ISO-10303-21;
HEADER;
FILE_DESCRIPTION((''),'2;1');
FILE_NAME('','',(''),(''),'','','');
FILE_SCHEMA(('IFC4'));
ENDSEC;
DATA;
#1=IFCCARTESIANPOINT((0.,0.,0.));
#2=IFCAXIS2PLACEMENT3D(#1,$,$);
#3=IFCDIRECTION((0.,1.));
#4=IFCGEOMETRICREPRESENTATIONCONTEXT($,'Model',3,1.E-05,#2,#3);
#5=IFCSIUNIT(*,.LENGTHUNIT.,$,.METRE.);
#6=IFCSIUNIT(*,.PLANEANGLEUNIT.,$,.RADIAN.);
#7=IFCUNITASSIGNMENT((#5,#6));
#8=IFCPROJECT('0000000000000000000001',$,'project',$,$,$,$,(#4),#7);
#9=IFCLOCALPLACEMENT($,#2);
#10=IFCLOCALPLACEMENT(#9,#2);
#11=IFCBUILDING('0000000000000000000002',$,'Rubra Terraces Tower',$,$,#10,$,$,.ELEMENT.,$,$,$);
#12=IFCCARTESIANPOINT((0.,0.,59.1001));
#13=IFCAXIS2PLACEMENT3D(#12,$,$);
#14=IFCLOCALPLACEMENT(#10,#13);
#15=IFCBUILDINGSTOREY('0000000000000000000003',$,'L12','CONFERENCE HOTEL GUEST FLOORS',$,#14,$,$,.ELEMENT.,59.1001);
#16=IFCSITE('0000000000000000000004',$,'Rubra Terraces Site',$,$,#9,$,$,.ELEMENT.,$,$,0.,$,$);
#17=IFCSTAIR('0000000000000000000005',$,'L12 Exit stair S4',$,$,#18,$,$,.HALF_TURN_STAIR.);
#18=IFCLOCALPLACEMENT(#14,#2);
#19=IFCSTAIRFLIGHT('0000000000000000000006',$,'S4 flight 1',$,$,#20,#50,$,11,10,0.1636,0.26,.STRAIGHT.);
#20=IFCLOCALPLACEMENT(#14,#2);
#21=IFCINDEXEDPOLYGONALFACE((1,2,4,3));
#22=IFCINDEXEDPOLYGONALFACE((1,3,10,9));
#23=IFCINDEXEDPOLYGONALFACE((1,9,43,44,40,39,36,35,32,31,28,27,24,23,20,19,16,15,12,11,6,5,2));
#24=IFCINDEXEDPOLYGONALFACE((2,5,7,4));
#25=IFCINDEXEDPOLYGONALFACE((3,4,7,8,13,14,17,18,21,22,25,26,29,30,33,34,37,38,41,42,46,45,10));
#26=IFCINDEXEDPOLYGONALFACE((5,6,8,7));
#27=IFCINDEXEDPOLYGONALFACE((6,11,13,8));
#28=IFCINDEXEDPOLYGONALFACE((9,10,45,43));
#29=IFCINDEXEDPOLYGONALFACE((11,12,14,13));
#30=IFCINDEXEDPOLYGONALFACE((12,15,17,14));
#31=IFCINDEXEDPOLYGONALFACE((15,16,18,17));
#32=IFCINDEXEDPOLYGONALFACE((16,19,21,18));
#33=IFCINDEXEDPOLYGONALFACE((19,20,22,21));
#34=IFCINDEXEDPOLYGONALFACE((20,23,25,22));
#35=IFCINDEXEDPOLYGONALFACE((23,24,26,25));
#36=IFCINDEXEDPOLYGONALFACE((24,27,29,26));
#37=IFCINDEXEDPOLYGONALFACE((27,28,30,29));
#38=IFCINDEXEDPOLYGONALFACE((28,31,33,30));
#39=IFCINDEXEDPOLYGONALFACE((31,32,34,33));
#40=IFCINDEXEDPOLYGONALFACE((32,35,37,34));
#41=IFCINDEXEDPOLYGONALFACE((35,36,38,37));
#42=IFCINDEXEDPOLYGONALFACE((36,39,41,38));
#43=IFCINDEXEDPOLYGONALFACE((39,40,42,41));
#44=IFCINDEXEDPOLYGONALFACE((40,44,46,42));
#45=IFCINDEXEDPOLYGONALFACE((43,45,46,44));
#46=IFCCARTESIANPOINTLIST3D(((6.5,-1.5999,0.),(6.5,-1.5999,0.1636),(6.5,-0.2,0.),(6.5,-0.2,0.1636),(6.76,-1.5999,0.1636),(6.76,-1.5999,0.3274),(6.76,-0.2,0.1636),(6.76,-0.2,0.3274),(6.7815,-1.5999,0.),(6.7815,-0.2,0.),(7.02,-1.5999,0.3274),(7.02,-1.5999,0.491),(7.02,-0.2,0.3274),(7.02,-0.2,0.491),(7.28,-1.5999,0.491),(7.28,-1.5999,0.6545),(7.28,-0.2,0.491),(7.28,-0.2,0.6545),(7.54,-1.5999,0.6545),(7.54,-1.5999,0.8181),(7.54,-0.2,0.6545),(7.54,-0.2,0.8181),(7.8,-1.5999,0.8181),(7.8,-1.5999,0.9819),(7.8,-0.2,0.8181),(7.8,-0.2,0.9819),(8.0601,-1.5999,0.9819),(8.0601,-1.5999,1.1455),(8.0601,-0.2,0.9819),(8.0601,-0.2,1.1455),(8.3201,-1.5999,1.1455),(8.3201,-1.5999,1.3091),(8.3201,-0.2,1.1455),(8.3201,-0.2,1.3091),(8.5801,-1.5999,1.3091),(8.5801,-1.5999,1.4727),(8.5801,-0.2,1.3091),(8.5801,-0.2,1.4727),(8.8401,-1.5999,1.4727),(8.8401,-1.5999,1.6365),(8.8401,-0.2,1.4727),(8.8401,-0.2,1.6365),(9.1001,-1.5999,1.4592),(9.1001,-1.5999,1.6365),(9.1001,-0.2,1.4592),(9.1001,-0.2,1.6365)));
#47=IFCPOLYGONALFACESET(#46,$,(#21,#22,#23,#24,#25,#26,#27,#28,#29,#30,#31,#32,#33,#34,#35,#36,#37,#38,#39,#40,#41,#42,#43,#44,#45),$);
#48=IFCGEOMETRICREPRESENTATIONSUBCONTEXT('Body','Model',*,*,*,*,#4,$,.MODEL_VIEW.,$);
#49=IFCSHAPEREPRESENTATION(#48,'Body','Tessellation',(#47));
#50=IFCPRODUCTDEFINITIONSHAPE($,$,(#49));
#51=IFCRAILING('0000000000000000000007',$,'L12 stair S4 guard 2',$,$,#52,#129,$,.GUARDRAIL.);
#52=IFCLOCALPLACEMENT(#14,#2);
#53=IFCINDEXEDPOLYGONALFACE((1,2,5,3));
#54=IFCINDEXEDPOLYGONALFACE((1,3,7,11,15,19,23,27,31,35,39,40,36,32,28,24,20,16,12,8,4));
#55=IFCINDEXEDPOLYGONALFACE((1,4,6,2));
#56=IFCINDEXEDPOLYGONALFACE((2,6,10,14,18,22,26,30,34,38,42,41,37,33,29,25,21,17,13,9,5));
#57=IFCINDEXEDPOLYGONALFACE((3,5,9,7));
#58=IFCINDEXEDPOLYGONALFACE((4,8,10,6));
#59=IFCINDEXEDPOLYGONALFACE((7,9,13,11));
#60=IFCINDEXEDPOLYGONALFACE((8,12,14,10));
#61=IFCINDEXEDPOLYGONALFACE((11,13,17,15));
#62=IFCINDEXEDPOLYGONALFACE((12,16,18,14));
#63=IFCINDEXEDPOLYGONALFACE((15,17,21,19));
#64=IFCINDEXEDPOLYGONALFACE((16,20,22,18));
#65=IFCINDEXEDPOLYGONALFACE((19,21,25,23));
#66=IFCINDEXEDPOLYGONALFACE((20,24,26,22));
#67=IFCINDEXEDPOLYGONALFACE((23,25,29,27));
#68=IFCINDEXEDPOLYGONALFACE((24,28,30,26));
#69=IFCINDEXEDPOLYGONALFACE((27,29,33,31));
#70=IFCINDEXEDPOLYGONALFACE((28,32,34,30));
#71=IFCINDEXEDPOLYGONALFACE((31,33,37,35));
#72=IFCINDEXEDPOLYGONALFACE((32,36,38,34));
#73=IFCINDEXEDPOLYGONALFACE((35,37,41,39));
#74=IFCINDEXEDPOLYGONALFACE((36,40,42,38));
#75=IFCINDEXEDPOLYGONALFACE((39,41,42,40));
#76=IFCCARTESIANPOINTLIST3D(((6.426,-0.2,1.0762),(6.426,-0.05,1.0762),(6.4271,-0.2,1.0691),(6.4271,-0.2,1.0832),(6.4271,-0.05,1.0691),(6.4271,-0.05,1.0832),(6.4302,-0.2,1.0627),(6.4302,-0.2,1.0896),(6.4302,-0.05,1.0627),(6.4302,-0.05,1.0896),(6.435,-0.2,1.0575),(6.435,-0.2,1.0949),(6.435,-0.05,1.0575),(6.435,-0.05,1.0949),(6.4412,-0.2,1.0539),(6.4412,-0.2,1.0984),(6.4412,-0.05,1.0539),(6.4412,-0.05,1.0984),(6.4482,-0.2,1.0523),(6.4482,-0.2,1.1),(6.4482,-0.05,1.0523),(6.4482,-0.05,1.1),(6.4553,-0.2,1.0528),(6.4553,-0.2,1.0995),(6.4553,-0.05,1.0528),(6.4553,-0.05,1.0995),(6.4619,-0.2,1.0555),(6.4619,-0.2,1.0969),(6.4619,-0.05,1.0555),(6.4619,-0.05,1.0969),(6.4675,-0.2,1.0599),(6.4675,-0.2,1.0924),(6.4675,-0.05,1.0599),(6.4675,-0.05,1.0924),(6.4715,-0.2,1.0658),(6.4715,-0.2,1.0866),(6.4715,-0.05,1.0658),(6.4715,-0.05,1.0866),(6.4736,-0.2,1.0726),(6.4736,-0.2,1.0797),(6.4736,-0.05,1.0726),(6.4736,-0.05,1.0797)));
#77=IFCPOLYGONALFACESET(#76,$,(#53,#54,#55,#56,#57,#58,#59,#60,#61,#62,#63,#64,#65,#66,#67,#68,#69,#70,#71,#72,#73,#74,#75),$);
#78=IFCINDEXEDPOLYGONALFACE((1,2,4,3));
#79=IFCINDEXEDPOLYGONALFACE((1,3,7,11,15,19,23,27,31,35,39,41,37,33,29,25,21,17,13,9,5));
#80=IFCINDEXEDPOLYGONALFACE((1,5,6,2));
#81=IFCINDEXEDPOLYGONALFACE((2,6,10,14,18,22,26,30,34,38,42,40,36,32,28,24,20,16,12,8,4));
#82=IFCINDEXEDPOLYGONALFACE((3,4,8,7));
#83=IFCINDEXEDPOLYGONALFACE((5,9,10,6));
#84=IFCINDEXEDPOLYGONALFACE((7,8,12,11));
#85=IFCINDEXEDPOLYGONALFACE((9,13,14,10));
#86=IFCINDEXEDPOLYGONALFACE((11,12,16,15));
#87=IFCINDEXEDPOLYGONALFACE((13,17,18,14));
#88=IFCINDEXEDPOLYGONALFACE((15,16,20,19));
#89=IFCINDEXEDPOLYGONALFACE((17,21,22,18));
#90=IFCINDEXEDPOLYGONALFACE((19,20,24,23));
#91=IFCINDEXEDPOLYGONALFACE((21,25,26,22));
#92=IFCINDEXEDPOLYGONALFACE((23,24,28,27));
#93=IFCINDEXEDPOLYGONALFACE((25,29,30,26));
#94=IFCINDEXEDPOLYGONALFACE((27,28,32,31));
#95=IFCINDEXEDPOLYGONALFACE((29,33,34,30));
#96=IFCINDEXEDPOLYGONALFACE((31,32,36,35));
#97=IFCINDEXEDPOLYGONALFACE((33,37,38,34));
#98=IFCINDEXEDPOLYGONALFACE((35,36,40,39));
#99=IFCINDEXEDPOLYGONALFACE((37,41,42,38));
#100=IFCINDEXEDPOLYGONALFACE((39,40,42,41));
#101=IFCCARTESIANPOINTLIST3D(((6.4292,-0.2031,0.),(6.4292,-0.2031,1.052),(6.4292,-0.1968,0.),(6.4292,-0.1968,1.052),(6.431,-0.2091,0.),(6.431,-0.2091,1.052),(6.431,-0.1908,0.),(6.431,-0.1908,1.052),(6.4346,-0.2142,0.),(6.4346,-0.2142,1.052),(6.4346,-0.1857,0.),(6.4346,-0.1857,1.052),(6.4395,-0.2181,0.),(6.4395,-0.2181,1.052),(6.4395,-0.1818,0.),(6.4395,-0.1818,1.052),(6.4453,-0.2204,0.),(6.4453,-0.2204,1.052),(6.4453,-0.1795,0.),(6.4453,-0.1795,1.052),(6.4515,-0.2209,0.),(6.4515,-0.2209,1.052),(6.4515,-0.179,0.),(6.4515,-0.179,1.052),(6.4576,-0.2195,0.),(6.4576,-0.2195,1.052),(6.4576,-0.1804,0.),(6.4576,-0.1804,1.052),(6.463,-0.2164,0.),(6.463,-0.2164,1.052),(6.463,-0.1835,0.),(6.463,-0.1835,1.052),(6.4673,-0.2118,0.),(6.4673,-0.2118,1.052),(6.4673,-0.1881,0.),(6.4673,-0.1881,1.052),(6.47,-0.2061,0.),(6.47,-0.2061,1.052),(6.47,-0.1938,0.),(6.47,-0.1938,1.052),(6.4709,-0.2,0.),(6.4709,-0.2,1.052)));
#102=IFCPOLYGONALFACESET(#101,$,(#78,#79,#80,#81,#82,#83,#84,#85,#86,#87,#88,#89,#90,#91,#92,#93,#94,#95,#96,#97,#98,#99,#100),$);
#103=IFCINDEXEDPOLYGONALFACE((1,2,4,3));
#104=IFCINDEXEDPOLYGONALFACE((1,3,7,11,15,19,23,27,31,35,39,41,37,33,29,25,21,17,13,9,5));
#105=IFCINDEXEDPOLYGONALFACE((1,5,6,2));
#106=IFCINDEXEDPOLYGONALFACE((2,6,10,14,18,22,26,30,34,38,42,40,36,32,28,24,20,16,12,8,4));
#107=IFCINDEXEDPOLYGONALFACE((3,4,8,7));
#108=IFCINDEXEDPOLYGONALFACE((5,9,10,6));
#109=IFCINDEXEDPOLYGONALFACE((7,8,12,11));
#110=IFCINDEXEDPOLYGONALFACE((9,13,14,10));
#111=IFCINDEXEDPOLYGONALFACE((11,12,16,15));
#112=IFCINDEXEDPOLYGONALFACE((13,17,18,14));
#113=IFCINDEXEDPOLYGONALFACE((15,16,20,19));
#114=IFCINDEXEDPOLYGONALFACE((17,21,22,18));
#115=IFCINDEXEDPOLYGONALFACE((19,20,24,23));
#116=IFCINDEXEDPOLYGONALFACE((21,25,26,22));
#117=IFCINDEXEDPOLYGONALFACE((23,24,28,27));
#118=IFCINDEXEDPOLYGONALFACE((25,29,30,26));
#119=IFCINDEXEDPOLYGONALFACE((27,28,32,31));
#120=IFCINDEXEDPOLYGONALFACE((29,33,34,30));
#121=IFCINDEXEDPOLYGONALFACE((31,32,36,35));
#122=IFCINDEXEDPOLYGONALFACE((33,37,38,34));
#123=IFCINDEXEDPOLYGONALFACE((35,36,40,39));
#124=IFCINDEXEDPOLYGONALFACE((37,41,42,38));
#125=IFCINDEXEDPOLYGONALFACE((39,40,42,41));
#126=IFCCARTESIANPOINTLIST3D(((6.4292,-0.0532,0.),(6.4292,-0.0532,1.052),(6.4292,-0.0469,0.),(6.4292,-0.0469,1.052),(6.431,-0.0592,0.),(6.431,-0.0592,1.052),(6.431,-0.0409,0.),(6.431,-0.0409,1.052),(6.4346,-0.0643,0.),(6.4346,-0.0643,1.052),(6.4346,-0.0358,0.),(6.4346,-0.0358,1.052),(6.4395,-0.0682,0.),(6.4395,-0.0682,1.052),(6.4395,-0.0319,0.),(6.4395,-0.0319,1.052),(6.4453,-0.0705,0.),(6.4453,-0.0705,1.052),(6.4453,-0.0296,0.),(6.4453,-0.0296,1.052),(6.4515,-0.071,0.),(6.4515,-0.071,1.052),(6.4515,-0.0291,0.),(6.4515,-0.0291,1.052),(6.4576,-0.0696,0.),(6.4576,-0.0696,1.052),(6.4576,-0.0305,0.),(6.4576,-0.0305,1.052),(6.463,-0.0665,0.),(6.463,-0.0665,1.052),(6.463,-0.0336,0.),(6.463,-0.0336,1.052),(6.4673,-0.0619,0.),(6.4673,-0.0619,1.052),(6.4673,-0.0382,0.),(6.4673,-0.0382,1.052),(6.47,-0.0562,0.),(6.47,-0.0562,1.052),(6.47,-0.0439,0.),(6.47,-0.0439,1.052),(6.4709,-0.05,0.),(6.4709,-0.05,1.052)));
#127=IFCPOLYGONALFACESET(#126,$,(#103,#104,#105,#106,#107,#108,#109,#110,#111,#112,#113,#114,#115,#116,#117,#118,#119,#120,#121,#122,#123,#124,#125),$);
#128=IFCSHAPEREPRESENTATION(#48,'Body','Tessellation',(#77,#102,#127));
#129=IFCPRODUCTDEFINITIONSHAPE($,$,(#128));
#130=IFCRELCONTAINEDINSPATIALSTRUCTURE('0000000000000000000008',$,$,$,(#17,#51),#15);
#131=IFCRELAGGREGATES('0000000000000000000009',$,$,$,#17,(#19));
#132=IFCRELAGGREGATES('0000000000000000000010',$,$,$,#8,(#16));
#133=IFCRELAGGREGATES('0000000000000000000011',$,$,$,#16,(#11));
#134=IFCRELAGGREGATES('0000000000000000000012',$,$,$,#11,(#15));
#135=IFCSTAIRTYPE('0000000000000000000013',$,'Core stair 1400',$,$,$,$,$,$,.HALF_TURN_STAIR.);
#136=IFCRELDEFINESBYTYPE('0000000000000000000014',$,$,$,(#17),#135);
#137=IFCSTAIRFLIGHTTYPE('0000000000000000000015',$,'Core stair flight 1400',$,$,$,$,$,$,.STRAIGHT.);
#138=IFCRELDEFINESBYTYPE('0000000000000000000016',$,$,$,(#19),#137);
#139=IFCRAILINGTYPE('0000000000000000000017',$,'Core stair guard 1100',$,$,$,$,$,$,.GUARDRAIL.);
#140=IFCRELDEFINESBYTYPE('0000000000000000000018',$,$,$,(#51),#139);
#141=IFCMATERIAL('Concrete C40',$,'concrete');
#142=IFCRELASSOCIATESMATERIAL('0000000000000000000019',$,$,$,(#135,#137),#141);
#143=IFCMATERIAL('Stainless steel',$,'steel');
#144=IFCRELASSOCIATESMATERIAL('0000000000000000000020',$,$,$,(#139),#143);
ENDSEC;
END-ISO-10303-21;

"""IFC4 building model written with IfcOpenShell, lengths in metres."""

from ifc_helpers import new_model, si_unit, direction, frame, origin, origin_2d, place, context, subcontext, project, spatial, polyline, circle, outline, extrude, material, type_object, element, aggregate, save


model = new_model("IFC4")

# Units and contexts
model_context = context("Model", 3, precision=1e-05, world=origin(), true_north=direction((0.0, 1.0)))
body_context = subcontext(model_context, "Body", "Model", "MODEL_VIEW")
ifc_project = project(units=[si_unit("LENGTHUNIT", "METRE"), si_unit("PLANEANGLEUNIT", "RADIAN")], contexts=[model_context])

# Site, building, storey
site_placement = place(None, origin())
site = spatial("IfcSite", under=ifc_project, at=site_placement, Name="Rubra Terraces Site", CompositionType="ELEMENT", RefElevation=0.0)
building_placement = place(site_placement, origin())
building = spatial("IfcBuilding", under=site, at=building_placement, Name="Rubra Terraces Tower", CompositionType="ELEMENT")
storey_placement = place(building_placement, frame((0.0, 0.0, 59.1001)))
storey = spatial("IfcBuildingStorey", under=building, at=storey_placement, Name="L12", Description="CONFERENCE HOTEL GUEST FLOORS", CompositionType="ELEMENT", Elevation=59.1001)

# Stair
ifc_material_1 = material(Name="Concrete C40", Category="concrete")
stair_type = type_object("IfcStairType", Name="Core stair 1400", PredefinedType="HALF_TURN_STAIR", material=ifc_material_1)
stair_1_placement = place(storey_placement, origin())
stair_1 = element("IfcStair", 1, at=stair_1_placement, inside=storey, type_object=stair_type, Name="L12 Exit stair S4", PredefinedType="HALF_TURN_STAIR")

# Stair flight
stair_flight_type = type_object("IfcStairFlightType", Name="Core stair flight 1400", PredefinedType="STRAIGHT", material=ifc_material_1)
stair_flight_placement = place(storey_placement, frame((6.5, -0.8999, 0.0), z_axis=(0.0, 0.0, 1.0), x_axis=(1.0, 0.0, 0.0)))
stair_flight = element("IfcStairFlight", 2, at=stair_flight_placement, type_object=stair_flight_type, Name="S4 flight 1", NumberOfRisers=11, NumberOfTreads=10, PredefinedType="STRAIGHT", RiserHeight=0.1636, TreadLength=0.26, context=body_context, shape_type="SweptSolid", body=[
    extrude(outline(polyline([(0.0, 0.0), (0.0, 0.1636), (0.26, 0.1636), (0.26, 0.3274), (0.52, 0.3274), (0.52, 0.491), (0.78, 0.491), (0.78, 0.6545), (1.04, 0.6545), (1.04, 0.8181), (1.3, 0.8181), (1.3, 0.9819), (1.5601, 0.9819), (1.5601, 1.1455), (1.8201, 1.1455), (1.8201, 1.3091), (2.0801, 1.3091), (2.0801, 1.4727), (2.3401, 1.4727), (2.3401, 1.6365), (2.6001, 1.6365), (2.6001, 1.8), (2.6001, 1.4592), (0.2815, 0.0), (0.0, 0.0)])), frame((0.0, 0.7, 0.0), z_axis=(0.0, -1.0, 0.0), x_axis=(1.0, 0.0, 0.0)), (0.0, 0.0, 1.0), 1.3999),
])
aggregate(stair_1, [stair_flight])

# Railing
ifc_material_2 = material(Name="Stainless steel", Category="steel")
railing_type_1 = type_object("IfcRailingType", Name="Core stair guard 1100", PredefinedType="GUARDRAIL", material=ifc_material_2)
railing_1_placement = place(storey_placement, frame((6.45, -0.2, 0.0)))
element("IfcRailing", 3, at=railing_1_placement, inside=storey, type_object=railing_type_1, Name="L12 stair S4 guard 2", PredefinedType="GUARDRAIL", context=body_context, shape_type="SweptSolid", body=[
    extrude(circle(Radius=0.0239, at=origin_2d()), frame((0.0, 0.0, 1.0762), z_axis=(0.0, 1.0, 0.0), x_axis=(-1.0, 0.0, 0.0)), (0.0, 0.0, 1.0), 0.1499),
    extrude(circle(Radius=0.021, at=origin_2d()), origin(), (0.0, 0.0, 1.0), 1.052),
    extrude(circle(Radius=0.021, at=origin_2d()), frame((0.0, 0.1499, 0.0)), (0.0, 0.0, 1.0), 1.052),
])

save(model, "model.ifc")
